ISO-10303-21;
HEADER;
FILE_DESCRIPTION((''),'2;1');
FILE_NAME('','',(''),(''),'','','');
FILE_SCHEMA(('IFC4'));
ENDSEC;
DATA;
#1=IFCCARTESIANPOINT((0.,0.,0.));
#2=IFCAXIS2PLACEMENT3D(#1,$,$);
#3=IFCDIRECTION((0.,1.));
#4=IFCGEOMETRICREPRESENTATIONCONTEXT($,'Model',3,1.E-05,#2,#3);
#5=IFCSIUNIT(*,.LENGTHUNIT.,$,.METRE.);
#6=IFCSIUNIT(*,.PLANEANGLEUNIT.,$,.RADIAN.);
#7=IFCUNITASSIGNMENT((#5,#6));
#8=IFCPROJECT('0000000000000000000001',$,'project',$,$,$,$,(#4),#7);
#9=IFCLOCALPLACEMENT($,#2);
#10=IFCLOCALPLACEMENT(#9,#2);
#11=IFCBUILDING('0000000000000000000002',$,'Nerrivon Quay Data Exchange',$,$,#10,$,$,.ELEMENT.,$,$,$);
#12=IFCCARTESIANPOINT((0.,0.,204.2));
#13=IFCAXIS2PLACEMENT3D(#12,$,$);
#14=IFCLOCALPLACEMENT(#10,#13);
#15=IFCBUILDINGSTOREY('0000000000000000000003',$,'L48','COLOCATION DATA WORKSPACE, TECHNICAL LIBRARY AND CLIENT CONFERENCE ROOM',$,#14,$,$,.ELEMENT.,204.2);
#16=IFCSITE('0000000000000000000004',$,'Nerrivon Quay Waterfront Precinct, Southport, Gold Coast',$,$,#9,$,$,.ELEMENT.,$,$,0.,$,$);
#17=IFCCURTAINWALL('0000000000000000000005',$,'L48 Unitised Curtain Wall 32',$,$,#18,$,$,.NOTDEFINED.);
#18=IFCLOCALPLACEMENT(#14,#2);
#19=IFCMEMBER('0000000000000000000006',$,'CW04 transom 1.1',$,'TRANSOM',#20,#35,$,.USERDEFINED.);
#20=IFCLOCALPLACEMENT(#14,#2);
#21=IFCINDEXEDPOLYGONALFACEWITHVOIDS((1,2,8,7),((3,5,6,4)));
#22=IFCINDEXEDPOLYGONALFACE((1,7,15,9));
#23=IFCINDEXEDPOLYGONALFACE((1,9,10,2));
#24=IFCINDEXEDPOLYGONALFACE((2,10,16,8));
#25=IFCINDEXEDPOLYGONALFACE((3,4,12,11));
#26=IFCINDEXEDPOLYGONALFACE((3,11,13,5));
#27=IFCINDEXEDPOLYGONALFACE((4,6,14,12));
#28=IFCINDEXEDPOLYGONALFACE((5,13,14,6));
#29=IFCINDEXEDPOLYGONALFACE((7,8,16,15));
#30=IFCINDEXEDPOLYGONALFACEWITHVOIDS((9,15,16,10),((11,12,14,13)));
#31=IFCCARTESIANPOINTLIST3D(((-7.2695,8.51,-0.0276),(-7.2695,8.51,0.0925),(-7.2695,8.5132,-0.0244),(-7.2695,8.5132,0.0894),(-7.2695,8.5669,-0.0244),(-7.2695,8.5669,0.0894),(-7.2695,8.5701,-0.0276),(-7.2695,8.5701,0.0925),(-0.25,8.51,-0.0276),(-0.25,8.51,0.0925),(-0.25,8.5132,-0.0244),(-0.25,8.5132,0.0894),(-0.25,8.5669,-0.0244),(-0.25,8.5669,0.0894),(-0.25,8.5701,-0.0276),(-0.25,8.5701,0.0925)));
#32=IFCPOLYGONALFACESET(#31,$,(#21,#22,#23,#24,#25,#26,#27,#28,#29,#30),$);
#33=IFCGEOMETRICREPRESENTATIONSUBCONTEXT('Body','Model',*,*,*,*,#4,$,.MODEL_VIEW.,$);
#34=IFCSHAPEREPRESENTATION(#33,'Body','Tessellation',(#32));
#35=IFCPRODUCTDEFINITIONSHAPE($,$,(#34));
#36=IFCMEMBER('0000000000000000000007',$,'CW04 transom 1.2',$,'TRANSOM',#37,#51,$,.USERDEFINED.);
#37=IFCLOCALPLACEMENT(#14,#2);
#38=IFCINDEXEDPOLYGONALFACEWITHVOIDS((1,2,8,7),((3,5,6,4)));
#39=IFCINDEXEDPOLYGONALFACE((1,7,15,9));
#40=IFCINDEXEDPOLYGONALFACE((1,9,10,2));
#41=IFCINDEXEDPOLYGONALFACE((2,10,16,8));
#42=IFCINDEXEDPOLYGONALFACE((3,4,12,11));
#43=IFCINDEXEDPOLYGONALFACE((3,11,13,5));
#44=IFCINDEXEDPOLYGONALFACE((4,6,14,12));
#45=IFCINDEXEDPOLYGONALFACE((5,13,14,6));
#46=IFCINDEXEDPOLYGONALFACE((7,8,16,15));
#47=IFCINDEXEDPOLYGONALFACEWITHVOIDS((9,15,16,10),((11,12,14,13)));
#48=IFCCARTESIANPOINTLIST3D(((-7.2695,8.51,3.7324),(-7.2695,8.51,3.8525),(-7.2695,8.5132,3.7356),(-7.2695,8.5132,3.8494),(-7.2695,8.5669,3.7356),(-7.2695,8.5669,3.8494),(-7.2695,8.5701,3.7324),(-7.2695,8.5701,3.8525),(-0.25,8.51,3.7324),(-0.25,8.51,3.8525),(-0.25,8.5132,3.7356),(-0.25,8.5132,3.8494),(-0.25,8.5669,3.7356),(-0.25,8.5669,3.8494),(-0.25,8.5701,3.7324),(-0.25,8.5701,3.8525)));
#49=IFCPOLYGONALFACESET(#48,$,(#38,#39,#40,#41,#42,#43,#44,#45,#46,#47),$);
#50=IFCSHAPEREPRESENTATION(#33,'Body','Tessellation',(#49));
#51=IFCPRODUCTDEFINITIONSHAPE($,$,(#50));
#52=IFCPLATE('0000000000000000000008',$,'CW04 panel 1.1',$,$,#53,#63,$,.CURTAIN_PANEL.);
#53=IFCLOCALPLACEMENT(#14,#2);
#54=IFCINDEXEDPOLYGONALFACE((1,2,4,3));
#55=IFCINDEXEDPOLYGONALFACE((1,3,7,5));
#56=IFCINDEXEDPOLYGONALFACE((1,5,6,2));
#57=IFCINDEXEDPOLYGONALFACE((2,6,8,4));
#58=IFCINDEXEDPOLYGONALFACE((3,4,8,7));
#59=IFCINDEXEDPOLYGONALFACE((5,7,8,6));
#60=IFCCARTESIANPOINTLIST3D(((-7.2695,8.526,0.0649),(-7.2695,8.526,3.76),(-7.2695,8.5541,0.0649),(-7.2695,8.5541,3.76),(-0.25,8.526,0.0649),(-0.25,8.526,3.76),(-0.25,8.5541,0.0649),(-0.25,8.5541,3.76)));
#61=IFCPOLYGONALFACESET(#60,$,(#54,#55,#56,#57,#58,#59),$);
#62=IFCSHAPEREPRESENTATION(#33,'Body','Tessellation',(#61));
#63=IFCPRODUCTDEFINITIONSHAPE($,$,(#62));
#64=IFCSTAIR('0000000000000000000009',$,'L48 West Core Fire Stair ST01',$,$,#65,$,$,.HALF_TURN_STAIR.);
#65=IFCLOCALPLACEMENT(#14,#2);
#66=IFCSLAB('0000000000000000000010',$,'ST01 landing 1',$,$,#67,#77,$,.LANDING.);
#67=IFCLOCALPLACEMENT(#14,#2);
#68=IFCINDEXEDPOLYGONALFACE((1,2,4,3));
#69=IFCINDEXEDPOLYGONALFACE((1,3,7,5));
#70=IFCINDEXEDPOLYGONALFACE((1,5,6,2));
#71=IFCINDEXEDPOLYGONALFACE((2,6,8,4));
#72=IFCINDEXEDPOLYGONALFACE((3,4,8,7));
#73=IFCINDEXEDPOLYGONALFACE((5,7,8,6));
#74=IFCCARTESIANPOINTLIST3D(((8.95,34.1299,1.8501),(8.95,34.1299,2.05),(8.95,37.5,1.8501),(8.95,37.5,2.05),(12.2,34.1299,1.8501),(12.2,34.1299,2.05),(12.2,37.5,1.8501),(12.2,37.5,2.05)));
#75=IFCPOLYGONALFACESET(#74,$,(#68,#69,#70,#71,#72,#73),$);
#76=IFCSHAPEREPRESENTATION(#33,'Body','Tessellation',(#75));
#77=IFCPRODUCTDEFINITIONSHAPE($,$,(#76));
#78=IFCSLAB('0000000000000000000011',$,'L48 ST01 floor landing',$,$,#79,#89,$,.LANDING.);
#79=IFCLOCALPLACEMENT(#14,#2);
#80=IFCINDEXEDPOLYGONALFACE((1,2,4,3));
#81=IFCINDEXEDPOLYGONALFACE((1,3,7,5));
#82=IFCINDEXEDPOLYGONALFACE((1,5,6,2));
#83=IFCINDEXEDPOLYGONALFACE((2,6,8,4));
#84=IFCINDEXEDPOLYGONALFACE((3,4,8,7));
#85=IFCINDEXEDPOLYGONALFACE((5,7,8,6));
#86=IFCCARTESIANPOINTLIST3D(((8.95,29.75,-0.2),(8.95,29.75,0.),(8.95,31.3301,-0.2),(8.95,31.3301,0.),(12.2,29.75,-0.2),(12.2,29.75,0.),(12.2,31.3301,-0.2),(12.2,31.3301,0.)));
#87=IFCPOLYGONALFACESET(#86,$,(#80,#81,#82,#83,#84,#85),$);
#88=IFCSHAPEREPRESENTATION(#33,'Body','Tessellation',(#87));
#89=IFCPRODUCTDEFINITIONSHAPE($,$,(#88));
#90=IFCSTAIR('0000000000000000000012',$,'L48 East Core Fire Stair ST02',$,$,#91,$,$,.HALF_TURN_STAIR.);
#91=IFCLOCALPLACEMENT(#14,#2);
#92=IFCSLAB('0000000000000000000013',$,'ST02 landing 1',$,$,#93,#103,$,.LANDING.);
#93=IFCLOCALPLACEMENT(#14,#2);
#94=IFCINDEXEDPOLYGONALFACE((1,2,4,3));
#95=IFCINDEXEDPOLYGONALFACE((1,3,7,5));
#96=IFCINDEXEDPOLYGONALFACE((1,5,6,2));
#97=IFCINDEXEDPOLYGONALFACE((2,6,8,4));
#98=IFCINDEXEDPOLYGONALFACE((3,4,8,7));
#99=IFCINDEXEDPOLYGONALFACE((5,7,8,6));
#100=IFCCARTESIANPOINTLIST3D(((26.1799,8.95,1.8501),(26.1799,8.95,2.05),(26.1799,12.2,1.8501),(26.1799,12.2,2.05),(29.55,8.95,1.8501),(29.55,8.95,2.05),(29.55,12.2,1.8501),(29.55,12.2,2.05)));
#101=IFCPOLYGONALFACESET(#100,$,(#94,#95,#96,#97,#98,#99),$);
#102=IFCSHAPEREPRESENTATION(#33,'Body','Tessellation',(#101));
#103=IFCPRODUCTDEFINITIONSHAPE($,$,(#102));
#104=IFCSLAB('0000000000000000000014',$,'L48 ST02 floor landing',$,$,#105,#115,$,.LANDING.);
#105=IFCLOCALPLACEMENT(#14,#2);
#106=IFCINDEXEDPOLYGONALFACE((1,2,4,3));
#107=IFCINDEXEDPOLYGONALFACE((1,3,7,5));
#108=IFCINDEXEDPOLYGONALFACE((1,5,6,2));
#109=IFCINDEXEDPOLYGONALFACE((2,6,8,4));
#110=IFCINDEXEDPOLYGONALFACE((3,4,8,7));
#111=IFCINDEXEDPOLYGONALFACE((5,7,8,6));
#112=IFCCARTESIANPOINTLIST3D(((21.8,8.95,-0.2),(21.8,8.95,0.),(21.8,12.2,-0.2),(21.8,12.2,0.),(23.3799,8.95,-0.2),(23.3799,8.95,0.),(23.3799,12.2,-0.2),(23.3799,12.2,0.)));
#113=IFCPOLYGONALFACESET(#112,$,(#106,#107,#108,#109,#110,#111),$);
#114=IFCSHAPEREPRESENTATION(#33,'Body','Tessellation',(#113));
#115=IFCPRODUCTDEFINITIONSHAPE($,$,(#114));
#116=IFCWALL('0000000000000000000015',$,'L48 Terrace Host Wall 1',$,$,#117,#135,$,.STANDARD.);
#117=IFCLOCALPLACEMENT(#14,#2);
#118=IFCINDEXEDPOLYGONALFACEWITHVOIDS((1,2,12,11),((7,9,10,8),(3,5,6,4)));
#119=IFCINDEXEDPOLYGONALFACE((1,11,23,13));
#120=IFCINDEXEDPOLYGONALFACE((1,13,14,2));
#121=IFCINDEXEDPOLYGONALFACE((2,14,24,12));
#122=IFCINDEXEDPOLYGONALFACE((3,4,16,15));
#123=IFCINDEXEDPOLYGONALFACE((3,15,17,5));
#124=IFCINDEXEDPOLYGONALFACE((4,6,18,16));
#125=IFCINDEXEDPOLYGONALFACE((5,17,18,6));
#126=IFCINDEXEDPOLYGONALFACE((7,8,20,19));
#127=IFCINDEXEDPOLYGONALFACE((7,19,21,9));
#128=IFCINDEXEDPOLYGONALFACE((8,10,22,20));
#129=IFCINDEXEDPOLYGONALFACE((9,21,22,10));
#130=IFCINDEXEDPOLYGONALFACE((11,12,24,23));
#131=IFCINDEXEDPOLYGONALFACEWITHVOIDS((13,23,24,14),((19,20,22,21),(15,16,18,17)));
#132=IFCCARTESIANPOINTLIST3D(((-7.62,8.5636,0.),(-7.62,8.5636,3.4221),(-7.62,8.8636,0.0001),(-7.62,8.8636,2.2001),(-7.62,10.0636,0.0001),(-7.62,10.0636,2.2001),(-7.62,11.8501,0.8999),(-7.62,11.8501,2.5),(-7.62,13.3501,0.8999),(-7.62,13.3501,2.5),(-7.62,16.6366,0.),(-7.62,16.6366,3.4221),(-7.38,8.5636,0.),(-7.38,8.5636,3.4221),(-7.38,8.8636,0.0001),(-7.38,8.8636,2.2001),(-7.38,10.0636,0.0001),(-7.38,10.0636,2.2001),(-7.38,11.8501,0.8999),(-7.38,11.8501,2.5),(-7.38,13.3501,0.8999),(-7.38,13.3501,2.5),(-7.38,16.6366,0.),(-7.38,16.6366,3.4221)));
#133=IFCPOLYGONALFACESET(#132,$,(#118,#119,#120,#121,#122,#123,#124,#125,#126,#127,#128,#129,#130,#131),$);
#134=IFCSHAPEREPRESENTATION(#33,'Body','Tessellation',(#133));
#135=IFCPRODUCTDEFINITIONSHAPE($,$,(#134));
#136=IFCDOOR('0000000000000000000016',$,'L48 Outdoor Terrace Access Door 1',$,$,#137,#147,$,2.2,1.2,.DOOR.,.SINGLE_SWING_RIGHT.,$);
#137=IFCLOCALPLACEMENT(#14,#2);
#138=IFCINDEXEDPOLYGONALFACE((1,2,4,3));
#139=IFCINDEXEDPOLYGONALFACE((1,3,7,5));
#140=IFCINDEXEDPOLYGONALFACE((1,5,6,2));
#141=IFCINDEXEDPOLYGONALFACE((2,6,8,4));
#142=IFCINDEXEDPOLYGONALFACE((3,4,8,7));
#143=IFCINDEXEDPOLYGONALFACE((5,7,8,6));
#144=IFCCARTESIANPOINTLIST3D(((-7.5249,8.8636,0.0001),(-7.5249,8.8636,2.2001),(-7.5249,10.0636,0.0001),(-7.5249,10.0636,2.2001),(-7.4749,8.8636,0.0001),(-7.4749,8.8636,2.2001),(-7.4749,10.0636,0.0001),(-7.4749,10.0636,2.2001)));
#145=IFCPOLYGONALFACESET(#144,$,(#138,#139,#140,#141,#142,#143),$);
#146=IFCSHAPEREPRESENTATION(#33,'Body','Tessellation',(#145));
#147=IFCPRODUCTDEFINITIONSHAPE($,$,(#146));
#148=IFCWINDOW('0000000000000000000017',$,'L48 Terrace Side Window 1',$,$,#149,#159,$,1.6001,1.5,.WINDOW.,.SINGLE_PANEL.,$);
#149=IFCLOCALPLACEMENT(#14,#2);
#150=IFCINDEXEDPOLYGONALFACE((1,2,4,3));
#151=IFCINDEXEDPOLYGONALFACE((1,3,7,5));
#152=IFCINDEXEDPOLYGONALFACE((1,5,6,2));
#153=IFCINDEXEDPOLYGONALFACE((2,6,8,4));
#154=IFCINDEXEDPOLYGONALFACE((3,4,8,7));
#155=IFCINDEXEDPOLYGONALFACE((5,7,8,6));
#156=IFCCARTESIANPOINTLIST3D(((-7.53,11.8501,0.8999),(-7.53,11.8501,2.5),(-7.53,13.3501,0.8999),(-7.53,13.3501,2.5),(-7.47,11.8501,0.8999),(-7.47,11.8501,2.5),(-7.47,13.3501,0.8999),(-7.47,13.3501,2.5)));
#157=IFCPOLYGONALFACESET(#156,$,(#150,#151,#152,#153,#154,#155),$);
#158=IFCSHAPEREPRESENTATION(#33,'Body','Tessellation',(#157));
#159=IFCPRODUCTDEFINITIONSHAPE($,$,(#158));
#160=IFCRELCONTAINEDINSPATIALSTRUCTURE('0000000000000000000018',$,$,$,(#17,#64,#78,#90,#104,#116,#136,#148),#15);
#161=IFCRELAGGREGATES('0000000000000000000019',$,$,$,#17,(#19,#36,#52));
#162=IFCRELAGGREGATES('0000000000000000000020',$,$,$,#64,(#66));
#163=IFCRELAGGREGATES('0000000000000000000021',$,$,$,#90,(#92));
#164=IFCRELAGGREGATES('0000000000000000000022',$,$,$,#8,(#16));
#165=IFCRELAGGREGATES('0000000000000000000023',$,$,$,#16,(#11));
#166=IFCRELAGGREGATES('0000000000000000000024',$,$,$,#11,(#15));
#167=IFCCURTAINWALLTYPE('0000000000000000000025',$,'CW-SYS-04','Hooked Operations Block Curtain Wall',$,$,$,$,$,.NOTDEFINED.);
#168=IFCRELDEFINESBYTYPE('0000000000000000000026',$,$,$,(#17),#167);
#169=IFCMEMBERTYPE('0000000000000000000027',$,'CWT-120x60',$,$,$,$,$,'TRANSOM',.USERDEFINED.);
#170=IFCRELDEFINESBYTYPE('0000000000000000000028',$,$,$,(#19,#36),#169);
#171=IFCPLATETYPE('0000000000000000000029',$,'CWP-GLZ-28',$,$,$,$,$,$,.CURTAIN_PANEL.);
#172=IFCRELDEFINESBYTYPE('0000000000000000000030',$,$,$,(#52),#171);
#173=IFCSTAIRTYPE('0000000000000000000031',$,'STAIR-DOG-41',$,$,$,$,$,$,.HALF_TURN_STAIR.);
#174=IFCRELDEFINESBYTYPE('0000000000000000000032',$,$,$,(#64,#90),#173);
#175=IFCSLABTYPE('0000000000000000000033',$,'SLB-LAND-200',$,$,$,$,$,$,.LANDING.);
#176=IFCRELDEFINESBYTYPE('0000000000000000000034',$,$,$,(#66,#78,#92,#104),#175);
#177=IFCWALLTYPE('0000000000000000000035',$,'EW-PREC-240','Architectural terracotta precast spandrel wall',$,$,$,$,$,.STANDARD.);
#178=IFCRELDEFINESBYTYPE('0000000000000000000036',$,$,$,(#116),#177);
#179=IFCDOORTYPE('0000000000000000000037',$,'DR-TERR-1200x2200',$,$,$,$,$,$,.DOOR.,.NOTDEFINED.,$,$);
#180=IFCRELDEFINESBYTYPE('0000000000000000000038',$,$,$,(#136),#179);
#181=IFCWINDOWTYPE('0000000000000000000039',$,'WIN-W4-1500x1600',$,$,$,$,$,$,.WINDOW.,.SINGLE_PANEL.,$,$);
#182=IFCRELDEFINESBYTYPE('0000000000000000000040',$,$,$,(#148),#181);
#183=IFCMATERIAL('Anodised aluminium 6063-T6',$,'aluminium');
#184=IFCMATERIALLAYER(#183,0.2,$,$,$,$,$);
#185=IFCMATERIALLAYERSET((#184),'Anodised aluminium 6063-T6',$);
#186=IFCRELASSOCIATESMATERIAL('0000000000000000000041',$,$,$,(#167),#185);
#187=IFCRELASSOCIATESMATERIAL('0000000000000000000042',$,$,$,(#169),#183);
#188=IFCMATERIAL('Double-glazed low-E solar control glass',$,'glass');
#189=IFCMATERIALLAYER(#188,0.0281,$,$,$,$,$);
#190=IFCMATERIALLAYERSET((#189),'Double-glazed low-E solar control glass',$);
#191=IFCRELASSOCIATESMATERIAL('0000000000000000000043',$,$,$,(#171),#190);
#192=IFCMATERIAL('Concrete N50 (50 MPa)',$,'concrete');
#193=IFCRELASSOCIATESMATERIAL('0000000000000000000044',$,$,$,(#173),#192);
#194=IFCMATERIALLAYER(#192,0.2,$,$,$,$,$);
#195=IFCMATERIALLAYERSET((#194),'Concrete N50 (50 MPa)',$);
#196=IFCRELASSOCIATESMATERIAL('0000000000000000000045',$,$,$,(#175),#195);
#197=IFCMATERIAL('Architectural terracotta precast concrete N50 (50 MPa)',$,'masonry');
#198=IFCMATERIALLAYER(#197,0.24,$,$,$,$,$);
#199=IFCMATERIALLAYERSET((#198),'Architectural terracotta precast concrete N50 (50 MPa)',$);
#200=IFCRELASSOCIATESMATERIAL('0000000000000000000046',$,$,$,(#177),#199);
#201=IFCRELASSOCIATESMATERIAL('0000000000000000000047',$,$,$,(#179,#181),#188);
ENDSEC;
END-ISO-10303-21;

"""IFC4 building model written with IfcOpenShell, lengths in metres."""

from ifc_helpers import new_model, si_unit, direction, frame, frame_2d, origin, origin_2d, place, context, subcontext, project, spatial, polyline, rectangle, hollow_rectangle, outline, extrude, material, layer, layer_set, material_profile, profile_set, type_object, element, fill, aggregate, save


model = new_model("IFC4")

# Units and contexts
model_context = context("Model", 3, precision=1e-05, world=origin(), true_north=direction((0.0, 1.0)))
body_context = subcontext(model_context, "Body", "Model", "MODEL_VIEW")
ifc_project = project(units=[si_unit("LENGTHUNIT", "METRE"), si_unit("PLANEANGLEUNIT", "RADIAN")], contexts=[model_context])

# Site, building, storey
site_placement = place(None, origin())
site = spatial("IfcSite", under=ifc_project, at=site_placement, Name="Nerrivon Quay Waterfront Precinct, Southport, Gold Coast", CompositionType="ELEMENT", RefElevation=0.0)
building_placement = place(site_placement, origin())
building = spatial("IfcBuilding", under=site, at=building_placement, Name="Nerrivon Quay Data Exchange", CompositionType="ELEMENT")
storey_placement = place(building_placement, frame((0.0, 0.0, 204.2)))
storey = spatial("IfcBuildingStorey", under=building, at=storey_placement, Name="L48", Description="COLOCATION DATA WORKSPACE, TECHNICAL LIBRARY AND CLIENT CONFERENCE ROOM", CompositionType="ELEMENT", Elevation=204.2)

# Curtain wall, members, plate
ifc_material_1 = material(Name="Anodised aluminium 6063-T6", Category="aluminium")
ifc_layer_1 = layer(ifc_material_1, 0.2)
ifc_layer_set_1 = layer_set([ifc_layer_1], Name="Anodised aluminium 6063-T6")
curtain_wall_type = type_object("IfcCurtainWallType", Name="CW-SYS-04", Description="Hooked Operations Block Curtain Wall", PredefinedType="NOTDEFINED", material=ifc_layer_set_1)
curtain_wall_placement = place(storey_placement, origin())
curtain_wall = element("IfcCurtainWall", 1, at=curtain_wall_placement, inside=storey, type_object=curtain_wall_type, Name="L48 Unitised Curtain Wall 32", PredefinedType="NOTDEFINED")
ifc_material_profile_1 = material_profile(ifc_material_1, hollow_rectangle(XDim=0.0601, YDim=0.1201, WallThickness=0.0032, at=origin_2d()), Name="ALU-TRAN-120x60")
ifc_profile_set_1 = profile_set([ifc_material_profile_1], Name="Anodised aluminium 6063-T6")
member_type_1 = type_object("IfcMemberType", Name="CWT-120x60", ElementType="TRANSOM", PredefinedType="USERDEFINED", material=ifc_profile_set_1)
member_1_placement = place(storey_placement, frame((-0.25, 8.54, 0.0325), z_axis=(-1.0, 0.0, 0.0), x_axis=(0.0, -1.0, 0.0)))
member_1 = element("IfcMember", 2, at=member_1_placement, type_object=member_type_1, Name="CW04 transom 1.1", ObjectType="TRANSOM", PredefinedType="USERDEFINED", context=body_context, shape_type="SweptSolid", body=[
    extrude(hollow_rectangle(XDim=0.0601, YDim=0.1201, WallThickness=0.0032, at=origin_2d()), origin(), (0.0, 0.0, 1.0), 7.0195),
])
member_2_placement = place(storey_placement, frame((-0.25, 8.54, 3.7925), z_axis=(-1.0, 0.0, 0.0), x_axis=(0.0, -1.0, 0.0)))
member_2 = element("IfcMember", 3, at=member_2_placement, type_object=member_type_1, Name="CW04 transom 1.2", ObjectType="TRANSOM", PredefinedType="USERDEFINED", context=body_context, shape_type="SweptSolid", body=[
    extrude(hollow_rectangle(XDim=0.0601, YDim=0.1201, WallThickness=0.0032, at=origin_2d()), origin(), (0.0, 0.0, 1.0), 7.0195),
])
ifc_material_2 = material(Name="Double-glazed low-E solar control glass", Category="glass")
ifc_layer_2 = layer(ifc_material_2, 0.0281)
ifc_layer_set_2 = layer_set([ifc_layer_2], Name="Double-glazed low-E solar control glass")
plate_type = type_object("IfcPlateType", Name="CWP-GLZ-28", PredefinedType="CURTAIN_PANEL", material=ifc_layer_set_2)
plate_placement = place(storey_placement, frame((-3.7598, 8.54, 0.0649), z_axis=(0.0, 0.0, 1.0), x_axis=(-1.0, 0.0, 0.0)))
plate = element("IfcPlate", 4, at=plate_placement, type_object=plate_type, Name="CW04 panel 1.1", PredefinedType="CURTAIN_PANEL", context=body_context, shape_type="SweptSolid", body=[
    extrude(rectangle(XDim=7.0195, YDim=0.0281, at=origin_2d()), origin(), (0.0, 0.0, 1.0), 3.6951),
])
aggregate(curtain_wall, [member_1, member_2, plate])

# Stair, slab
ifc_material_3 = material(Name="Concrete N50 (50 MPa)", Category="concrete")
stair_type = type_object("IfcStairType", Name="STAIR-DOG-41", PredefinedType="HALF_TURN_STAIR", material=ifc_material_3)
stair_1_placement = place(storey_placement, origin())
stair_1 = element("IfcStair", 5, at=stair_1_placement, inside=storey, type_object=stair_type, Name="L48 West Core Fire Stair ST01", PredefinedType="HALF_TURN_STAIR")
ifc_layer_3 = layer(ifc_material_3, 0.2)
ifc_layer_set_3 = layer_set([ifc_layer_3], Name="Concrete N50 (50 MPa)")
slab_type = type_object("IfcSlabType", Name="SLB-LAND-200", PredefinedType="LANDING", material=ifc_layer_set_3)
slab_1_placement = place(storey_placement, frame((0.0, 0.0, 1.8501)))
slab_1 = element("IfcSlab", 6, at=slab_1_placement, type_object=slab_type, Name="ST01 landing 1", PredefinedType="LANDING", context=body_context, shape_type="SweptSolid", body=[
    extrude(outline(polyline([(12.2, 34.1299), (12.2, 37.5), (8.95, 37.5), (8.95, 34.1299), (12.2, 34.1299)])), origin(), (0.0, 0.0, 1.0), 0.2),
])
aggregate(stair_1, [slab_1])

# Slab
slab_2_placement = place(storey_placement, frame((0.0, 0.0, -0.2)))
element("IfcSlab", 7, at=slab_2_placement, inside=storey, type_object=slab_type, Name="L48 ST01 floor landing", PredefinedType="LANDING", context=body_context, shape_type="SweptSolid", body=[
    extrude(outline(polyline([(12.2, 29.75), (12.2, 31.3301), (8.95, 31.3301), (8.95, 29.75), (12.2, 29.75)])), origin(), (0.0, 0.0, 1.0), 0.2),
])

# Stair, slab
stair_2_placement = place(storey_placement, origin())
stair_2 = element("IfcStair", 8, at=stair_2_placement, inside=storey, type_object=stair_type, Name="L48 East Core Fire Stair ST02", PredefinedType="HALF_TURN_STAIR")
slab_3_placement = place(storey_placement, frame((0.0, 0.0, 1.8501)))
slab_3 = element("IfcSlab", 9, at=slab_3_placement, type_object=slab_type, Name="ST02 landing 1", PredefinedType="LANDING", context=body_context, shape_type="SweptSolid", body=[
    extrude(outline(polyline([(26.1799, 8.95), (29.55, 8.95), (29.55, 12.2), (26.1799, 12.2), (26.1799, 8.95)])), origin(), (0.0, 0.0, 1.0), 0.2),
])
aggregate(stair_2, [slab_3])

# Slab
slab_4_placement = place(storey_placement, frame((0.0, 0.0, -0.2)))
element("IfcSlab", 10, at=slab_4_placement, inside=storey, type_object=slab_type, Name="L48 ST02 floor landing", PredefinedType="LANDING", context=body_context, shape_type="SweptSolid", body=[
    extrude(outline(polyline([(21.8, 8.95), (23.3799, 8.95), (23.3799, 12.2), (21.8, 12.2), (21.8, 8.95)])), origin(), (0.0, 0.0, 1.0), 0.2),
])

# Wall, openings, door, window
ifc_material_4 = material(Name="Architectural terracotta precast concrete N50 (50 MPa)", Category="masonry")
ifc_layer_4 = layer(ifc_material_4, 0.24)
ifc_layer_set_4 = layer_set([ifc_layer_4], Name="Architectural terracotta precast concrete N50 (50 MPa)")
wall_type_1 = type_object("IfcWallType", Name="EW-PREC-240", Description="Architectural terracotta precast spandrel wall", PredefinedType="STANDARD", material=ifc_layer_set_4)
wall_1_placement = place(storey_placement, frame((-7.5, 8.5635, 0.0), z_axis=(0.0, 0.0, 1.0), x_axis=(0.0, 1.0, 0.0)))
wall_1 = element("IfcWall", 11, at=wall_1_placement, inside=storey, type_object=wall_type_1, Name="L48 Terrace Host Wall 1", PredefinedType="STANDARD", context=body_context, shape_type="SweptSolid", body=[
    extrude(rectangle(XDim=8.073, YDim=0.24, at=frame_2d((4.0366, 0.0))), origin(), (0.0, 0.0, 1.0), 3.4221),
])
opening_1_placement = place(wall_1_placement, frame((0.3, 0.0, 0.0)))
opening_1 = element("IfcOpeningElement", 12, at=opening_1_placement, cuts=wall_1, PredefinedType="OPENING", context=body_context, shape_type="SweptSolid", body=[
    extrude(rectangle(XDim=1.2, YDim=2.2, at=frame_2d((0.6001, 1.1001))), frame((0.0, 0.1299, 0.0), z_axis=(0.0, -1.0, 0.0), x_axis=(1.0, 0.0, 0.0)), (0.0, 0.0, 1.0), 0.26),
])
opening_2_placement = place(wall_1_placement, frame((3.2866, 0.0, 0.8999)))
opening_2 = element("IfcOpeningElement", 13, at=opening_2_placement, cuts=wall_1, PredefinedType="OPENING", context=body_context, shape_type="SweptSolid", body=[
    extrude(rectangle(XDim=1.5, YDim=1.6001, at=frame_2d((0.75, 0.8))), frame((0.0, 0.1299, 0.0), z_axis=(0.0, -1.0, 0.0), x_axis=(1.0, 0.0, 0.0)), (0.0, 0.0, 1.0), 0.26),
])
door_type = type_object("IfcDoorType", Name="DR-TERR-1200x2200", OperationType="NOTDEFINED", PredefinedType="DOOR", material=ifc_material_2)
door_1_placement = place(opening_1_placement, origin())
door_1 = element("IfcDoor", 14, at=door_1_placement, inside=storey, type_object=door_type, Name="L48 Outdoor Terrace Access Door 1", OperationType="SINGLE_SWING_RIGHT", OverallHeight=2.2, OverallWidth=1.2, PredefinedType="DOOR", context=body_context, shape_type="SweptSolid", body=[
    extrude(rectangle(XDim=1.2, YDim=2.2, at=frame_2d((0.6001, 1.1001))), frame((0.0, 0.0249, 0.0), z_axis=(0.0, -1.0, 0.0), x_axis=(1.0, 0.0, 0.0)), (0.0, 0.0, 1.0), 0.05),
])
fill(opening_1, door_1)
window_type_1 = type_object("IfcWindowType", Name="WIN-W4-1500x1600", PartitioningType="SINGLE_PANEL", PredefinedType="WINDOW", material=ifc_material_2)
window_1_placement = place(opening_2_placement, origin())
window_1 = element("IfcWindow", 15, at=window_1_placement, inside=storey, type_object=window_type_1, Name="L48 Terrace Side Window 1", OverallHeight=1.6001, OverallWidth=1.5, PartitioningType="SINGLE_PANEL", PredefinedType="WINDOW", context=body_context, shape_type="SweptSolid", body=[
    extrude(rectangle(XDim=1.5, YDim=1.6001, at=frame_2d((0.75, 0.8))), frame((0.0, 0.03, 0.0), z_axis=(0.0, -1.0, 0.0), x_axis=(1.0, 0.0, 0.0)), (0.0, 0.0, 1.0), 0.0601),
])
fill(opening_2, window_1)

save(model, "model.ifc")
